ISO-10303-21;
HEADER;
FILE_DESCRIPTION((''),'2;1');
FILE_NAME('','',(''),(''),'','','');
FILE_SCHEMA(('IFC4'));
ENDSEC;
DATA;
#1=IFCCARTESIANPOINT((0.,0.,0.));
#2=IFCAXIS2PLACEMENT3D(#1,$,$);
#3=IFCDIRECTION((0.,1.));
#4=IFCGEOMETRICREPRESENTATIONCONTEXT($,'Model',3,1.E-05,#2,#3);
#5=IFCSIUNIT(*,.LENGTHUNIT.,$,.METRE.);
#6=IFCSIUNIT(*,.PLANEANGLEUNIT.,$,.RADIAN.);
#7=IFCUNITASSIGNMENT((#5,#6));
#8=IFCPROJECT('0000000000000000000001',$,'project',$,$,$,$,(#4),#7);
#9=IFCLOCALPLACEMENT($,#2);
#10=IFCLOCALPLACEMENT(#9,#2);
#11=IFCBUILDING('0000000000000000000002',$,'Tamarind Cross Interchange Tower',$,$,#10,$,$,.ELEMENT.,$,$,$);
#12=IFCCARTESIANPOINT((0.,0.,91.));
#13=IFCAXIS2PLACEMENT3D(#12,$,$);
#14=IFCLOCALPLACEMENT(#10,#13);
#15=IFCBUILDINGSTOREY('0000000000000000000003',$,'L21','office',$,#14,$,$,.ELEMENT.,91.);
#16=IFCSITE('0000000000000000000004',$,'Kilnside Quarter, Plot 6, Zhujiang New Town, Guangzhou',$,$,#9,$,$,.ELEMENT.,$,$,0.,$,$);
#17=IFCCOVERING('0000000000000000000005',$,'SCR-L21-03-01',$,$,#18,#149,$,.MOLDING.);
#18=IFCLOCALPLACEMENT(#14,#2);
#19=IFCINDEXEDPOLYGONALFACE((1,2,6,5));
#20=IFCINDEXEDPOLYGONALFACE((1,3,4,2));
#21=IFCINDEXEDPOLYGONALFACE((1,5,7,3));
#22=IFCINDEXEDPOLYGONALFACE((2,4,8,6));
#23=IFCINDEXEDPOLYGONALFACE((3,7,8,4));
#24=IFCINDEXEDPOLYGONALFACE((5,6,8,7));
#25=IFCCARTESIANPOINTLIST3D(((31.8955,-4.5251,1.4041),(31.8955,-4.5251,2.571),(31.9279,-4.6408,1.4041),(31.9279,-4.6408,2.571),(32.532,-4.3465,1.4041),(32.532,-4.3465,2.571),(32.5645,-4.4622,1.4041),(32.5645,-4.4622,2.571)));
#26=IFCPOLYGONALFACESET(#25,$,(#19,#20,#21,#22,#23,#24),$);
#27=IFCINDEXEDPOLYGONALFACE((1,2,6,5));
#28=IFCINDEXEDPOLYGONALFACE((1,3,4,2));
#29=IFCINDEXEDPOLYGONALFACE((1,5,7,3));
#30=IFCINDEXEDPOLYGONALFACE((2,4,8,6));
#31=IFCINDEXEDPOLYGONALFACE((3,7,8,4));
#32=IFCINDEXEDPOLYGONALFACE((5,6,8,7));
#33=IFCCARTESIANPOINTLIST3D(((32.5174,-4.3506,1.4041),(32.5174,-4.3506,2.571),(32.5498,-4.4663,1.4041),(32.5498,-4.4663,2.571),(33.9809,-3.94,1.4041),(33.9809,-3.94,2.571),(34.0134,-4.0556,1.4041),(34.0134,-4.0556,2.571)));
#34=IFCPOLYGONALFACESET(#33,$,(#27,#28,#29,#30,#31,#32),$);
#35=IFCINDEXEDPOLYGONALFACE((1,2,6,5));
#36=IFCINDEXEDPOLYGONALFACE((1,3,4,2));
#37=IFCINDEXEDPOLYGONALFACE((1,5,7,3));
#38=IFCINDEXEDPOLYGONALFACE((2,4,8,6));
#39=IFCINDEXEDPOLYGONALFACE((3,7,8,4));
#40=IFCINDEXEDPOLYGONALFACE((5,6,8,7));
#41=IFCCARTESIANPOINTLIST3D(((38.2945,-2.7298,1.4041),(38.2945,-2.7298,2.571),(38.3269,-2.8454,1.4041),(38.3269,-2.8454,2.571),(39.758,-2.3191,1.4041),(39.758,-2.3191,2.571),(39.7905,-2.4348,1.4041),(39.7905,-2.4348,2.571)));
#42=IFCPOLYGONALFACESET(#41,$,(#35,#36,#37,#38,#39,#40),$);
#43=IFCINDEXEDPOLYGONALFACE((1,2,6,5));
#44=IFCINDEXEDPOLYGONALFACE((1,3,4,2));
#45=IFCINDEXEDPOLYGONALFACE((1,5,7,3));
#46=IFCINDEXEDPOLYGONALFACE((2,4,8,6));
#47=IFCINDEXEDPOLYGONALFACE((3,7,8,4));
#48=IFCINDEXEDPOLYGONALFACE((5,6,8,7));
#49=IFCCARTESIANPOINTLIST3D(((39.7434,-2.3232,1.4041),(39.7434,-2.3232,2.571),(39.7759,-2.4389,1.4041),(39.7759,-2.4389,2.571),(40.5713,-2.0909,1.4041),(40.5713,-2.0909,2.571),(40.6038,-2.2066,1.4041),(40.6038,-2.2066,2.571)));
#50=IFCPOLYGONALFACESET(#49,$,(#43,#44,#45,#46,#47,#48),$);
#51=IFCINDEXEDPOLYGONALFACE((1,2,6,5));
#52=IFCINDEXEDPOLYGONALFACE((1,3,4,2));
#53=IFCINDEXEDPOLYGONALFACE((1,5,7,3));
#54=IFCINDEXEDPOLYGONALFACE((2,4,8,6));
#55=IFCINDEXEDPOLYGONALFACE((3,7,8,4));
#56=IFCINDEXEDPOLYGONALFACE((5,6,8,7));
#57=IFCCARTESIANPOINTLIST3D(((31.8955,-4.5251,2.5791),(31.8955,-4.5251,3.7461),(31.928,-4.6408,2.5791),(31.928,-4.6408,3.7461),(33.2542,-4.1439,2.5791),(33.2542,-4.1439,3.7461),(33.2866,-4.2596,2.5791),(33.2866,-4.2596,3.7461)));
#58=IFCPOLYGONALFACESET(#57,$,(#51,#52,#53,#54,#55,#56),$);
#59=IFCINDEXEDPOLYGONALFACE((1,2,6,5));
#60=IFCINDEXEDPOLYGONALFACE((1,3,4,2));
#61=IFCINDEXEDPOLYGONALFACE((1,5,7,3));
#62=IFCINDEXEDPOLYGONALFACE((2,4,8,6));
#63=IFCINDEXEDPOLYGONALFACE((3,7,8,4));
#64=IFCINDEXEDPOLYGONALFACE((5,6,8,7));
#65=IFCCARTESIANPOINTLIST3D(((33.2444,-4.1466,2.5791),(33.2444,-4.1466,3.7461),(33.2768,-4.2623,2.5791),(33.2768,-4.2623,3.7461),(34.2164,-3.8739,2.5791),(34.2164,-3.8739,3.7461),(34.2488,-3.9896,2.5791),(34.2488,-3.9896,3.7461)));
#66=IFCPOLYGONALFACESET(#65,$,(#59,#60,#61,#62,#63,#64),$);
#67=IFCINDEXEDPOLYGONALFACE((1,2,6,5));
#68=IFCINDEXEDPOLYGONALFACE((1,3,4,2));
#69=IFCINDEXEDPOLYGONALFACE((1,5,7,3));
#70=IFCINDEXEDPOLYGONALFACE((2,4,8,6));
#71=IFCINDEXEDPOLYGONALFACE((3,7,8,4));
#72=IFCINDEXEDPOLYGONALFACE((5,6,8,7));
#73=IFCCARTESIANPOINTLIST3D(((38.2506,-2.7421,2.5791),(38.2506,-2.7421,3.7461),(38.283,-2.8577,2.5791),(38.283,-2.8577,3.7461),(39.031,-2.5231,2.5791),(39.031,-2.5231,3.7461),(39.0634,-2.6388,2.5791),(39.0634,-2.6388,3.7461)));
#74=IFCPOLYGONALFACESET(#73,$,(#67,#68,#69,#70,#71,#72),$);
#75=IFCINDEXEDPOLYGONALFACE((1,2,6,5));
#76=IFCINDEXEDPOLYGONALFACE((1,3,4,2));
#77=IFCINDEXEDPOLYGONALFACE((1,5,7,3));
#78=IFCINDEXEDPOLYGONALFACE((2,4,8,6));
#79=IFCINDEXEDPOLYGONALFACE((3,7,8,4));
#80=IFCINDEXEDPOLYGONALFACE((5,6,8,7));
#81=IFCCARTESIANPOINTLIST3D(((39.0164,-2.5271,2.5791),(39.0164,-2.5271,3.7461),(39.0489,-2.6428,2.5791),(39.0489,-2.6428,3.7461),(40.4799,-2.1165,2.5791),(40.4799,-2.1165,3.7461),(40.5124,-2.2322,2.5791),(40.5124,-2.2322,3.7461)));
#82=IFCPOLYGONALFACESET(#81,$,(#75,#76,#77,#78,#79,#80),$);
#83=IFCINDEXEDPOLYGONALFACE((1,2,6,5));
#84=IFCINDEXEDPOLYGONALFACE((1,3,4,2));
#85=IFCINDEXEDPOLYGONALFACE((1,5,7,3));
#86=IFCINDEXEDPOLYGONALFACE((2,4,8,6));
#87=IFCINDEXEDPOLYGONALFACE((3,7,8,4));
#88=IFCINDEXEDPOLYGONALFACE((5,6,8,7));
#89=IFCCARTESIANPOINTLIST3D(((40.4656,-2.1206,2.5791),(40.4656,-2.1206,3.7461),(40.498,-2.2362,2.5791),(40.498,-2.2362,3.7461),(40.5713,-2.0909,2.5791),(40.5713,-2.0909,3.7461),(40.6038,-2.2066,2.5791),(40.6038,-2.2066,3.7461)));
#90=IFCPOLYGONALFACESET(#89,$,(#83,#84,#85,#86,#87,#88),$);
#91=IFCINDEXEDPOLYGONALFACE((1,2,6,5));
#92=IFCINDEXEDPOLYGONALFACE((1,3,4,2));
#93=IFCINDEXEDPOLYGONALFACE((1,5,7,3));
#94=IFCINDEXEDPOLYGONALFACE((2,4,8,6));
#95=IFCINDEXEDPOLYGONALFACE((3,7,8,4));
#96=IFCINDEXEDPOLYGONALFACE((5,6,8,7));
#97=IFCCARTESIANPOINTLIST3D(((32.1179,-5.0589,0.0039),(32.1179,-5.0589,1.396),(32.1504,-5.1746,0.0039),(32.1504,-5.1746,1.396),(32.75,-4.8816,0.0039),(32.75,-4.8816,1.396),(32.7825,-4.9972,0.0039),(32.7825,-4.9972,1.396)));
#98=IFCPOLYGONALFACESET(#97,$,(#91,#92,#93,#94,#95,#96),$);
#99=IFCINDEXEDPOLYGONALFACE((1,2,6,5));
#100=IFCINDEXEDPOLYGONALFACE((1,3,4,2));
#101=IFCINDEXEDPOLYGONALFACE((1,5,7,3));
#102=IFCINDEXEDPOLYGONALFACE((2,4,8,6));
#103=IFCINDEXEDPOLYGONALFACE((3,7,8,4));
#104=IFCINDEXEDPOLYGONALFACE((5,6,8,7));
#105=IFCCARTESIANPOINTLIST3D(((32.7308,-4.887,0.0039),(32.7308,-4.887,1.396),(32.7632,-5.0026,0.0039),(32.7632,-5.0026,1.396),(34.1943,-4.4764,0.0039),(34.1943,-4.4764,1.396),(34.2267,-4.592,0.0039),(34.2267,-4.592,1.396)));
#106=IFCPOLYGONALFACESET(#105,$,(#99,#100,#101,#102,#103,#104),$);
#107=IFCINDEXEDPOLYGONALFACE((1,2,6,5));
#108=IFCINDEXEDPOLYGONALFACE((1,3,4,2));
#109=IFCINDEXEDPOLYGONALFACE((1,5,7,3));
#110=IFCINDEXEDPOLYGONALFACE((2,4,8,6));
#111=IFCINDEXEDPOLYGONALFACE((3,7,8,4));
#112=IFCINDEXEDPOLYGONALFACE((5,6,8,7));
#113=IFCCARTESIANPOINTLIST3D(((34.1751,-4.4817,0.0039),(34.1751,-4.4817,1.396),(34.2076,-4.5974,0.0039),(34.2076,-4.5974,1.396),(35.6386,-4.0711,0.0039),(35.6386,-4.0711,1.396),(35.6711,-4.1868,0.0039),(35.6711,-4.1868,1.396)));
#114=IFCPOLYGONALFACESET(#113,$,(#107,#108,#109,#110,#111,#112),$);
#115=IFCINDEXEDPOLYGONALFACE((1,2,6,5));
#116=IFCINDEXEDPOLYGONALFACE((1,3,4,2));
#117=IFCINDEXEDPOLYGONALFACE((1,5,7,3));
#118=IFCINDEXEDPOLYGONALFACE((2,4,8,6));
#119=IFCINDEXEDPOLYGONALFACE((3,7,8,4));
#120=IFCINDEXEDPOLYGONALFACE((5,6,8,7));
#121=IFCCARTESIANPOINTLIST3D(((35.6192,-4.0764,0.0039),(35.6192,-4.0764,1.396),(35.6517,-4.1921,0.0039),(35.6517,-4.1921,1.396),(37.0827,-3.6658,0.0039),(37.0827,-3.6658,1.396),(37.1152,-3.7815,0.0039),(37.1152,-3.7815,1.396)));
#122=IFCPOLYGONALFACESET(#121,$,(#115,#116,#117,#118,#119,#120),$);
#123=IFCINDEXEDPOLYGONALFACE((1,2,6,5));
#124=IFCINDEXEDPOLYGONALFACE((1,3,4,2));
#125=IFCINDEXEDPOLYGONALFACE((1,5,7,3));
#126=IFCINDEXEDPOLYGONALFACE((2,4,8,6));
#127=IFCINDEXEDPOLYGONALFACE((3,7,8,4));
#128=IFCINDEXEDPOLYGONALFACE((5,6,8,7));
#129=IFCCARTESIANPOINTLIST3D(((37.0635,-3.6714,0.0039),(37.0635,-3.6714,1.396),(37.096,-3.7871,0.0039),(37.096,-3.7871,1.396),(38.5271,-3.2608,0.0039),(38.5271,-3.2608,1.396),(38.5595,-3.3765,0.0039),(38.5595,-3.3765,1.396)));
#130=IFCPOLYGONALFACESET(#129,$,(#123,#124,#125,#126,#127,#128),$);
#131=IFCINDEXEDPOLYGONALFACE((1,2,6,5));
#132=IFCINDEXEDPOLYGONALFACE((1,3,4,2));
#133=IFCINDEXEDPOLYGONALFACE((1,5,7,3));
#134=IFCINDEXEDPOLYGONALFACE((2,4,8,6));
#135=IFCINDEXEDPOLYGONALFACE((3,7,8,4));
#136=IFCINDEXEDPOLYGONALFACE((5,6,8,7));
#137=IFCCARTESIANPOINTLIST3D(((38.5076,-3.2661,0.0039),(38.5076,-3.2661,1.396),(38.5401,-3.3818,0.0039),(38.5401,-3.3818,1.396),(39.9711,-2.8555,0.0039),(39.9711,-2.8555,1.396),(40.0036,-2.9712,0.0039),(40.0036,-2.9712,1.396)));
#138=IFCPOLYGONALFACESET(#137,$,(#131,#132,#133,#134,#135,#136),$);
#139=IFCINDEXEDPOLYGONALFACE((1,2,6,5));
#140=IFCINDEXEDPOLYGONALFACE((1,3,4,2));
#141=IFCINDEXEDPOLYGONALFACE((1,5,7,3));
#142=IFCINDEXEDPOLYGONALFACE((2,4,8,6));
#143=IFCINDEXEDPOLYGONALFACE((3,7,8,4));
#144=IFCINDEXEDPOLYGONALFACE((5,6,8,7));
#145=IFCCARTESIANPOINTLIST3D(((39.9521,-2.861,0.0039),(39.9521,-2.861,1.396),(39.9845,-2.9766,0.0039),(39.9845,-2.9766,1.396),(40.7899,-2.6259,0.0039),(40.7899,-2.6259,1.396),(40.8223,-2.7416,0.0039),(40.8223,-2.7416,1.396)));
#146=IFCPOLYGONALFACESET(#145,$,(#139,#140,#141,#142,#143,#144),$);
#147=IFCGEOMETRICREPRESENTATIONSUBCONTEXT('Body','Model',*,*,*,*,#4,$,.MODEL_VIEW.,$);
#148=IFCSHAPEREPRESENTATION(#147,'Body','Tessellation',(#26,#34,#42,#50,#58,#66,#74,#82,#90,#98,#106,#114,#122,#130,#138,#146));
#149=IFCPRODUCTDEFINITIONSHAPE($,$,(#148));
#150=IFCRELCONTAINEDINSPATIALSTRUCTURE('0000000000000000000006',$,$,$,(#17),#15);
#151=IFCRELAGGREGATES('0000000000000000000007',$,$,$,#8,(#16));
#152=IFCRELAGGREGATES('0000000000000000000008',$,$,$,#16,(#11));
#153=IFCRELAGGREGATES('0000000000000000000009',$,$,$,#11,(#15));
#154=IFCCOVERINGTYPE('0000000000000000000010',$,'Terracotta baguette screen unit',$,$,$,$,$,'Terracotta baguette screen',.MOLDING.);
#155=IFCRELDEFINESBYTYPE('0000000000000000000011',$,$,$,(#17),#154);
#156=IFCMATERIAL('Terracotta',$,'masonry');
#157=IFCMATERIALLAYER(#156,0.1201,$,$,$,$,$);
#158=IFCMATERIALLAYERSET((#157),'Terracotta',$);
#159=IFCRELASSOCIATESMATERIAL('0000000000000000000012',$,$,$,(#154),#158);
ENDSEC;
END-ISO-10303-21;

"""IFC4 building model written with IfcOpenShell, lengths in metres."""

from ifc_helpers import new_model, si_unit, direction, frame, origin, origin_2d, place, context, subcontext, project, spatial, rectangle, extrude, material, layer, layer_set, type_object, element, save


model = new_model("IFC4")

# Units and contexts
model_context = context("Model", 3, precision=1e-05, world=origin(), true_north=direction((0.0, 1.0)))
body_context = subcontext(model_context, "Body", "Model", "MODEL_VIEW")
ifc_project = project(units=[si_unit("LENGTHUNIT", "METRE"), si_unit("PLANEANGLEUNIT", "RADIAN")], contexts=[model_context])

# Site, building, storey
site_placement = place(None, origin())
site = spatial("IfcSite", under=ifc_project, at=site_placement, Name="Kilnside Quarter, Plot 6, Zhujiang New Town, Guangzhou", CompositionType="ELEMENT", RefElevation=0.0)
building_placement = place(site_placement, origin())
building = spatial("IfcBuilding", under=site, at=building_placement, Name="Tamarind Cross Interchange Tower", CompositionType="ELEMENT")
storey_placement = place(building_placement, frame((0.0, 0.0, 91.0)))
storey = spatial("IfcBuildingStorey", under=building, at=storey_placement, Name="L21", Description="office", CompositionType="ELEMENT", Elevation=91.0)

# Covering
ifc_material_1 = material(Name="Terracotta", Category="masonry")
ifc_layer_1 = layer(ifc_material_1, 0.1201)
ifc_layer_set_1 = layer_set([ifc_layer_1], Name="Terracotta")
covering_type = type_object("IfcCoveringType", Name="Terracotta baguette screen unit", ElementType="Terracotta baguette screen", PredefinedType="MOLDING", material=ifc_layer_set_1)
covering_1_placement = place(storey_placement, origin())
element("IfcCovering", 1, at=covering_1_placement, inside=storey, type_object=covering_type, Name="SCR-L21-03-01", PredefinedType="MOLDING", context=body_context, shape_type="SweptSolid", body=[
    extrude(rectangle(XDim=0.6611, YDim=0.1201, at=origin_2d()), frame((32.23, -4.4937, 1.4041), z_axis=(0.0, 0.0, 1.0), x_axis=(0.962824, 0.27013, 0.0)), (0.0, 0.0, 1.0), 1.167),
    extrude(rectangle(XDim=1.52, YDim=0.1201, at=origin_2d()), frame((33.2654, -4.2031, 1.4041), z_axis=(0.0, 0.0, 1.0), x_axis=(0.962824, 0.27013, 0.0)), (0.0, 0.0, 1.0), 1.167),
    extrude(rectangle(XDim=1.52, YDim=0.1201, at=origin_2d()), frame((39.0425, -2.5823, 1.4041), z_axis=(0.0, 0.0, 1.0), x_axis=(0.962824, 0.27013, 0.0)), (0.0, 0.0, 1.0), 1.167),
    extrude(rectangle(XDim=0.8599, YDim=0.1201, at=origin_2d()), frame((40.1736, -2.2649, 1.4041), z_axis=(0.0, 0.0, 1.0), x_axis=(0.962824, 0.27013, 0.0)), (0.0, 0.0, 1.0), 1.167),
    extrude(rectangle(XDim=1.4111, YDim=0.1201, at=origin_2d()), frame((32.5911, -4.3923, 2.5791), z_axis=(0.0, 0.0, 1.0), x_axis=(0.962824, 0.27013, 0.0)), (0.0, 0.0, 1.0), 1.167),
    extrude(rectangle(XDim=1.0095, YDim=0.1201, at=origin_2d()), frame((33.7466, -4.0681, 2.5791), z_axis=(0.0, 0.0, 1.0), x_axis=(0.962824, 0.27013, 0.0)), (0.0, 0.0, 1.0), 1.167),
    extrude(rectangle(XDim=0.8105, YDim=0.1201, at=origin_2d()), frame((38.657, -2.6904, 2.5791), z_axis=(0.0, 0.0, 1.0), x_axis=(0.962824, 0.27013, 0.0)), (0.0, 0.0, 1.0), 1.167),
    extrude(rectangle(XDim=1.52, YDim=0.1201, at=origin_2d()), frame((39.7644, -2.3796, 2.5791), z_axis=(0.0, 0.0, 1.0), x_axis=(0.962824, 0.27013, 0.0)), (0.0, 0.0, 1.0), 1.167),
    extrude(rectangle(XDim=0.1099, YDim=0.1201, at=origin_2d()), frame((40.5347, -2.1636, 2.5791), z_axis=(0.0, 0.0, 1.0), x_axis=(0.962824, 0.27013, 0.0)), (0.0, 0.0, 1.0), 1.167),
    extrude(rectangle(XDim=0.6565, YDim=0.1201, at=origin_2d()), frame((32.4502, -5.0281, 0.0039), z_axis=(0.0, 0.0, 1.0), x_axis=(0.962824, 0.27013, 0.0)), (0.0, 0.0, 1.0), 1.3921),
    extrude(rectangle(XDim=1.52, YDim=0.1201, at=origin_2d()), frame((33.4788, -4.7395, 0.0039), z_axis=(0.0, 0.0, 1.0), x_axis=(0.962824, 0.27013, 0.0)), (0.0, 0.0, 1.0), 1.3921),
    extrude(rectangle(XDim=1.52, YDim=0.1201, at=origin_2d()), frame((34.9231, -4.3342, 0.0039), z_axis=(0.0, 0.0, 1.0), x_axis=(0.962824, 0.27013, 0.0)), (0.0, 0.0, 1.0), 1.3921),
    extrude(rectangle(XDim=1.52, YDim=0.1201, at=origin_2d()), frame((36.3672, -3.929, 0.0039), z_axis=(0.0, 0.0, 1.0), x_axis=(0.962824, 0.27013, 0.0)), (0.0, 0.0, 1.0), 1.3921),
    extrude(rectangle(XDim=1.52, YDim=0.1201, at=origin_2d()), frame((37.8115, -3.5239, 0.0039), z_axis=(0.0, 0.0, 1.0), x_axis=(0.962824, 0.27013, 0.0)), (0.0, 0.0, 1.0), 1.3921),
    extrude(rectangle(XDim=1.52, YDim=0.1201, at=origin_2d()), frame((39.2556, -3.1187, 0.0039), z_axis=(0.0, 0.0, 1.0), x_axis=(0.962824, 0.27013, 0.0)), (0.0, 0.0, 1.0), 1.3921),
    extrude(rectangle(XDim=0.8701, YDim=0.1201, at=origin_2d()), frame((40.3872, -2.8013, 0.0039), z_axis=(0.0, 0.0, 1.0), x_axis=(0.962824, 0.27013, 0.0)), (0.0, 0.0, 1.0), 1.3921),
])

save(model, "model.ifc")
